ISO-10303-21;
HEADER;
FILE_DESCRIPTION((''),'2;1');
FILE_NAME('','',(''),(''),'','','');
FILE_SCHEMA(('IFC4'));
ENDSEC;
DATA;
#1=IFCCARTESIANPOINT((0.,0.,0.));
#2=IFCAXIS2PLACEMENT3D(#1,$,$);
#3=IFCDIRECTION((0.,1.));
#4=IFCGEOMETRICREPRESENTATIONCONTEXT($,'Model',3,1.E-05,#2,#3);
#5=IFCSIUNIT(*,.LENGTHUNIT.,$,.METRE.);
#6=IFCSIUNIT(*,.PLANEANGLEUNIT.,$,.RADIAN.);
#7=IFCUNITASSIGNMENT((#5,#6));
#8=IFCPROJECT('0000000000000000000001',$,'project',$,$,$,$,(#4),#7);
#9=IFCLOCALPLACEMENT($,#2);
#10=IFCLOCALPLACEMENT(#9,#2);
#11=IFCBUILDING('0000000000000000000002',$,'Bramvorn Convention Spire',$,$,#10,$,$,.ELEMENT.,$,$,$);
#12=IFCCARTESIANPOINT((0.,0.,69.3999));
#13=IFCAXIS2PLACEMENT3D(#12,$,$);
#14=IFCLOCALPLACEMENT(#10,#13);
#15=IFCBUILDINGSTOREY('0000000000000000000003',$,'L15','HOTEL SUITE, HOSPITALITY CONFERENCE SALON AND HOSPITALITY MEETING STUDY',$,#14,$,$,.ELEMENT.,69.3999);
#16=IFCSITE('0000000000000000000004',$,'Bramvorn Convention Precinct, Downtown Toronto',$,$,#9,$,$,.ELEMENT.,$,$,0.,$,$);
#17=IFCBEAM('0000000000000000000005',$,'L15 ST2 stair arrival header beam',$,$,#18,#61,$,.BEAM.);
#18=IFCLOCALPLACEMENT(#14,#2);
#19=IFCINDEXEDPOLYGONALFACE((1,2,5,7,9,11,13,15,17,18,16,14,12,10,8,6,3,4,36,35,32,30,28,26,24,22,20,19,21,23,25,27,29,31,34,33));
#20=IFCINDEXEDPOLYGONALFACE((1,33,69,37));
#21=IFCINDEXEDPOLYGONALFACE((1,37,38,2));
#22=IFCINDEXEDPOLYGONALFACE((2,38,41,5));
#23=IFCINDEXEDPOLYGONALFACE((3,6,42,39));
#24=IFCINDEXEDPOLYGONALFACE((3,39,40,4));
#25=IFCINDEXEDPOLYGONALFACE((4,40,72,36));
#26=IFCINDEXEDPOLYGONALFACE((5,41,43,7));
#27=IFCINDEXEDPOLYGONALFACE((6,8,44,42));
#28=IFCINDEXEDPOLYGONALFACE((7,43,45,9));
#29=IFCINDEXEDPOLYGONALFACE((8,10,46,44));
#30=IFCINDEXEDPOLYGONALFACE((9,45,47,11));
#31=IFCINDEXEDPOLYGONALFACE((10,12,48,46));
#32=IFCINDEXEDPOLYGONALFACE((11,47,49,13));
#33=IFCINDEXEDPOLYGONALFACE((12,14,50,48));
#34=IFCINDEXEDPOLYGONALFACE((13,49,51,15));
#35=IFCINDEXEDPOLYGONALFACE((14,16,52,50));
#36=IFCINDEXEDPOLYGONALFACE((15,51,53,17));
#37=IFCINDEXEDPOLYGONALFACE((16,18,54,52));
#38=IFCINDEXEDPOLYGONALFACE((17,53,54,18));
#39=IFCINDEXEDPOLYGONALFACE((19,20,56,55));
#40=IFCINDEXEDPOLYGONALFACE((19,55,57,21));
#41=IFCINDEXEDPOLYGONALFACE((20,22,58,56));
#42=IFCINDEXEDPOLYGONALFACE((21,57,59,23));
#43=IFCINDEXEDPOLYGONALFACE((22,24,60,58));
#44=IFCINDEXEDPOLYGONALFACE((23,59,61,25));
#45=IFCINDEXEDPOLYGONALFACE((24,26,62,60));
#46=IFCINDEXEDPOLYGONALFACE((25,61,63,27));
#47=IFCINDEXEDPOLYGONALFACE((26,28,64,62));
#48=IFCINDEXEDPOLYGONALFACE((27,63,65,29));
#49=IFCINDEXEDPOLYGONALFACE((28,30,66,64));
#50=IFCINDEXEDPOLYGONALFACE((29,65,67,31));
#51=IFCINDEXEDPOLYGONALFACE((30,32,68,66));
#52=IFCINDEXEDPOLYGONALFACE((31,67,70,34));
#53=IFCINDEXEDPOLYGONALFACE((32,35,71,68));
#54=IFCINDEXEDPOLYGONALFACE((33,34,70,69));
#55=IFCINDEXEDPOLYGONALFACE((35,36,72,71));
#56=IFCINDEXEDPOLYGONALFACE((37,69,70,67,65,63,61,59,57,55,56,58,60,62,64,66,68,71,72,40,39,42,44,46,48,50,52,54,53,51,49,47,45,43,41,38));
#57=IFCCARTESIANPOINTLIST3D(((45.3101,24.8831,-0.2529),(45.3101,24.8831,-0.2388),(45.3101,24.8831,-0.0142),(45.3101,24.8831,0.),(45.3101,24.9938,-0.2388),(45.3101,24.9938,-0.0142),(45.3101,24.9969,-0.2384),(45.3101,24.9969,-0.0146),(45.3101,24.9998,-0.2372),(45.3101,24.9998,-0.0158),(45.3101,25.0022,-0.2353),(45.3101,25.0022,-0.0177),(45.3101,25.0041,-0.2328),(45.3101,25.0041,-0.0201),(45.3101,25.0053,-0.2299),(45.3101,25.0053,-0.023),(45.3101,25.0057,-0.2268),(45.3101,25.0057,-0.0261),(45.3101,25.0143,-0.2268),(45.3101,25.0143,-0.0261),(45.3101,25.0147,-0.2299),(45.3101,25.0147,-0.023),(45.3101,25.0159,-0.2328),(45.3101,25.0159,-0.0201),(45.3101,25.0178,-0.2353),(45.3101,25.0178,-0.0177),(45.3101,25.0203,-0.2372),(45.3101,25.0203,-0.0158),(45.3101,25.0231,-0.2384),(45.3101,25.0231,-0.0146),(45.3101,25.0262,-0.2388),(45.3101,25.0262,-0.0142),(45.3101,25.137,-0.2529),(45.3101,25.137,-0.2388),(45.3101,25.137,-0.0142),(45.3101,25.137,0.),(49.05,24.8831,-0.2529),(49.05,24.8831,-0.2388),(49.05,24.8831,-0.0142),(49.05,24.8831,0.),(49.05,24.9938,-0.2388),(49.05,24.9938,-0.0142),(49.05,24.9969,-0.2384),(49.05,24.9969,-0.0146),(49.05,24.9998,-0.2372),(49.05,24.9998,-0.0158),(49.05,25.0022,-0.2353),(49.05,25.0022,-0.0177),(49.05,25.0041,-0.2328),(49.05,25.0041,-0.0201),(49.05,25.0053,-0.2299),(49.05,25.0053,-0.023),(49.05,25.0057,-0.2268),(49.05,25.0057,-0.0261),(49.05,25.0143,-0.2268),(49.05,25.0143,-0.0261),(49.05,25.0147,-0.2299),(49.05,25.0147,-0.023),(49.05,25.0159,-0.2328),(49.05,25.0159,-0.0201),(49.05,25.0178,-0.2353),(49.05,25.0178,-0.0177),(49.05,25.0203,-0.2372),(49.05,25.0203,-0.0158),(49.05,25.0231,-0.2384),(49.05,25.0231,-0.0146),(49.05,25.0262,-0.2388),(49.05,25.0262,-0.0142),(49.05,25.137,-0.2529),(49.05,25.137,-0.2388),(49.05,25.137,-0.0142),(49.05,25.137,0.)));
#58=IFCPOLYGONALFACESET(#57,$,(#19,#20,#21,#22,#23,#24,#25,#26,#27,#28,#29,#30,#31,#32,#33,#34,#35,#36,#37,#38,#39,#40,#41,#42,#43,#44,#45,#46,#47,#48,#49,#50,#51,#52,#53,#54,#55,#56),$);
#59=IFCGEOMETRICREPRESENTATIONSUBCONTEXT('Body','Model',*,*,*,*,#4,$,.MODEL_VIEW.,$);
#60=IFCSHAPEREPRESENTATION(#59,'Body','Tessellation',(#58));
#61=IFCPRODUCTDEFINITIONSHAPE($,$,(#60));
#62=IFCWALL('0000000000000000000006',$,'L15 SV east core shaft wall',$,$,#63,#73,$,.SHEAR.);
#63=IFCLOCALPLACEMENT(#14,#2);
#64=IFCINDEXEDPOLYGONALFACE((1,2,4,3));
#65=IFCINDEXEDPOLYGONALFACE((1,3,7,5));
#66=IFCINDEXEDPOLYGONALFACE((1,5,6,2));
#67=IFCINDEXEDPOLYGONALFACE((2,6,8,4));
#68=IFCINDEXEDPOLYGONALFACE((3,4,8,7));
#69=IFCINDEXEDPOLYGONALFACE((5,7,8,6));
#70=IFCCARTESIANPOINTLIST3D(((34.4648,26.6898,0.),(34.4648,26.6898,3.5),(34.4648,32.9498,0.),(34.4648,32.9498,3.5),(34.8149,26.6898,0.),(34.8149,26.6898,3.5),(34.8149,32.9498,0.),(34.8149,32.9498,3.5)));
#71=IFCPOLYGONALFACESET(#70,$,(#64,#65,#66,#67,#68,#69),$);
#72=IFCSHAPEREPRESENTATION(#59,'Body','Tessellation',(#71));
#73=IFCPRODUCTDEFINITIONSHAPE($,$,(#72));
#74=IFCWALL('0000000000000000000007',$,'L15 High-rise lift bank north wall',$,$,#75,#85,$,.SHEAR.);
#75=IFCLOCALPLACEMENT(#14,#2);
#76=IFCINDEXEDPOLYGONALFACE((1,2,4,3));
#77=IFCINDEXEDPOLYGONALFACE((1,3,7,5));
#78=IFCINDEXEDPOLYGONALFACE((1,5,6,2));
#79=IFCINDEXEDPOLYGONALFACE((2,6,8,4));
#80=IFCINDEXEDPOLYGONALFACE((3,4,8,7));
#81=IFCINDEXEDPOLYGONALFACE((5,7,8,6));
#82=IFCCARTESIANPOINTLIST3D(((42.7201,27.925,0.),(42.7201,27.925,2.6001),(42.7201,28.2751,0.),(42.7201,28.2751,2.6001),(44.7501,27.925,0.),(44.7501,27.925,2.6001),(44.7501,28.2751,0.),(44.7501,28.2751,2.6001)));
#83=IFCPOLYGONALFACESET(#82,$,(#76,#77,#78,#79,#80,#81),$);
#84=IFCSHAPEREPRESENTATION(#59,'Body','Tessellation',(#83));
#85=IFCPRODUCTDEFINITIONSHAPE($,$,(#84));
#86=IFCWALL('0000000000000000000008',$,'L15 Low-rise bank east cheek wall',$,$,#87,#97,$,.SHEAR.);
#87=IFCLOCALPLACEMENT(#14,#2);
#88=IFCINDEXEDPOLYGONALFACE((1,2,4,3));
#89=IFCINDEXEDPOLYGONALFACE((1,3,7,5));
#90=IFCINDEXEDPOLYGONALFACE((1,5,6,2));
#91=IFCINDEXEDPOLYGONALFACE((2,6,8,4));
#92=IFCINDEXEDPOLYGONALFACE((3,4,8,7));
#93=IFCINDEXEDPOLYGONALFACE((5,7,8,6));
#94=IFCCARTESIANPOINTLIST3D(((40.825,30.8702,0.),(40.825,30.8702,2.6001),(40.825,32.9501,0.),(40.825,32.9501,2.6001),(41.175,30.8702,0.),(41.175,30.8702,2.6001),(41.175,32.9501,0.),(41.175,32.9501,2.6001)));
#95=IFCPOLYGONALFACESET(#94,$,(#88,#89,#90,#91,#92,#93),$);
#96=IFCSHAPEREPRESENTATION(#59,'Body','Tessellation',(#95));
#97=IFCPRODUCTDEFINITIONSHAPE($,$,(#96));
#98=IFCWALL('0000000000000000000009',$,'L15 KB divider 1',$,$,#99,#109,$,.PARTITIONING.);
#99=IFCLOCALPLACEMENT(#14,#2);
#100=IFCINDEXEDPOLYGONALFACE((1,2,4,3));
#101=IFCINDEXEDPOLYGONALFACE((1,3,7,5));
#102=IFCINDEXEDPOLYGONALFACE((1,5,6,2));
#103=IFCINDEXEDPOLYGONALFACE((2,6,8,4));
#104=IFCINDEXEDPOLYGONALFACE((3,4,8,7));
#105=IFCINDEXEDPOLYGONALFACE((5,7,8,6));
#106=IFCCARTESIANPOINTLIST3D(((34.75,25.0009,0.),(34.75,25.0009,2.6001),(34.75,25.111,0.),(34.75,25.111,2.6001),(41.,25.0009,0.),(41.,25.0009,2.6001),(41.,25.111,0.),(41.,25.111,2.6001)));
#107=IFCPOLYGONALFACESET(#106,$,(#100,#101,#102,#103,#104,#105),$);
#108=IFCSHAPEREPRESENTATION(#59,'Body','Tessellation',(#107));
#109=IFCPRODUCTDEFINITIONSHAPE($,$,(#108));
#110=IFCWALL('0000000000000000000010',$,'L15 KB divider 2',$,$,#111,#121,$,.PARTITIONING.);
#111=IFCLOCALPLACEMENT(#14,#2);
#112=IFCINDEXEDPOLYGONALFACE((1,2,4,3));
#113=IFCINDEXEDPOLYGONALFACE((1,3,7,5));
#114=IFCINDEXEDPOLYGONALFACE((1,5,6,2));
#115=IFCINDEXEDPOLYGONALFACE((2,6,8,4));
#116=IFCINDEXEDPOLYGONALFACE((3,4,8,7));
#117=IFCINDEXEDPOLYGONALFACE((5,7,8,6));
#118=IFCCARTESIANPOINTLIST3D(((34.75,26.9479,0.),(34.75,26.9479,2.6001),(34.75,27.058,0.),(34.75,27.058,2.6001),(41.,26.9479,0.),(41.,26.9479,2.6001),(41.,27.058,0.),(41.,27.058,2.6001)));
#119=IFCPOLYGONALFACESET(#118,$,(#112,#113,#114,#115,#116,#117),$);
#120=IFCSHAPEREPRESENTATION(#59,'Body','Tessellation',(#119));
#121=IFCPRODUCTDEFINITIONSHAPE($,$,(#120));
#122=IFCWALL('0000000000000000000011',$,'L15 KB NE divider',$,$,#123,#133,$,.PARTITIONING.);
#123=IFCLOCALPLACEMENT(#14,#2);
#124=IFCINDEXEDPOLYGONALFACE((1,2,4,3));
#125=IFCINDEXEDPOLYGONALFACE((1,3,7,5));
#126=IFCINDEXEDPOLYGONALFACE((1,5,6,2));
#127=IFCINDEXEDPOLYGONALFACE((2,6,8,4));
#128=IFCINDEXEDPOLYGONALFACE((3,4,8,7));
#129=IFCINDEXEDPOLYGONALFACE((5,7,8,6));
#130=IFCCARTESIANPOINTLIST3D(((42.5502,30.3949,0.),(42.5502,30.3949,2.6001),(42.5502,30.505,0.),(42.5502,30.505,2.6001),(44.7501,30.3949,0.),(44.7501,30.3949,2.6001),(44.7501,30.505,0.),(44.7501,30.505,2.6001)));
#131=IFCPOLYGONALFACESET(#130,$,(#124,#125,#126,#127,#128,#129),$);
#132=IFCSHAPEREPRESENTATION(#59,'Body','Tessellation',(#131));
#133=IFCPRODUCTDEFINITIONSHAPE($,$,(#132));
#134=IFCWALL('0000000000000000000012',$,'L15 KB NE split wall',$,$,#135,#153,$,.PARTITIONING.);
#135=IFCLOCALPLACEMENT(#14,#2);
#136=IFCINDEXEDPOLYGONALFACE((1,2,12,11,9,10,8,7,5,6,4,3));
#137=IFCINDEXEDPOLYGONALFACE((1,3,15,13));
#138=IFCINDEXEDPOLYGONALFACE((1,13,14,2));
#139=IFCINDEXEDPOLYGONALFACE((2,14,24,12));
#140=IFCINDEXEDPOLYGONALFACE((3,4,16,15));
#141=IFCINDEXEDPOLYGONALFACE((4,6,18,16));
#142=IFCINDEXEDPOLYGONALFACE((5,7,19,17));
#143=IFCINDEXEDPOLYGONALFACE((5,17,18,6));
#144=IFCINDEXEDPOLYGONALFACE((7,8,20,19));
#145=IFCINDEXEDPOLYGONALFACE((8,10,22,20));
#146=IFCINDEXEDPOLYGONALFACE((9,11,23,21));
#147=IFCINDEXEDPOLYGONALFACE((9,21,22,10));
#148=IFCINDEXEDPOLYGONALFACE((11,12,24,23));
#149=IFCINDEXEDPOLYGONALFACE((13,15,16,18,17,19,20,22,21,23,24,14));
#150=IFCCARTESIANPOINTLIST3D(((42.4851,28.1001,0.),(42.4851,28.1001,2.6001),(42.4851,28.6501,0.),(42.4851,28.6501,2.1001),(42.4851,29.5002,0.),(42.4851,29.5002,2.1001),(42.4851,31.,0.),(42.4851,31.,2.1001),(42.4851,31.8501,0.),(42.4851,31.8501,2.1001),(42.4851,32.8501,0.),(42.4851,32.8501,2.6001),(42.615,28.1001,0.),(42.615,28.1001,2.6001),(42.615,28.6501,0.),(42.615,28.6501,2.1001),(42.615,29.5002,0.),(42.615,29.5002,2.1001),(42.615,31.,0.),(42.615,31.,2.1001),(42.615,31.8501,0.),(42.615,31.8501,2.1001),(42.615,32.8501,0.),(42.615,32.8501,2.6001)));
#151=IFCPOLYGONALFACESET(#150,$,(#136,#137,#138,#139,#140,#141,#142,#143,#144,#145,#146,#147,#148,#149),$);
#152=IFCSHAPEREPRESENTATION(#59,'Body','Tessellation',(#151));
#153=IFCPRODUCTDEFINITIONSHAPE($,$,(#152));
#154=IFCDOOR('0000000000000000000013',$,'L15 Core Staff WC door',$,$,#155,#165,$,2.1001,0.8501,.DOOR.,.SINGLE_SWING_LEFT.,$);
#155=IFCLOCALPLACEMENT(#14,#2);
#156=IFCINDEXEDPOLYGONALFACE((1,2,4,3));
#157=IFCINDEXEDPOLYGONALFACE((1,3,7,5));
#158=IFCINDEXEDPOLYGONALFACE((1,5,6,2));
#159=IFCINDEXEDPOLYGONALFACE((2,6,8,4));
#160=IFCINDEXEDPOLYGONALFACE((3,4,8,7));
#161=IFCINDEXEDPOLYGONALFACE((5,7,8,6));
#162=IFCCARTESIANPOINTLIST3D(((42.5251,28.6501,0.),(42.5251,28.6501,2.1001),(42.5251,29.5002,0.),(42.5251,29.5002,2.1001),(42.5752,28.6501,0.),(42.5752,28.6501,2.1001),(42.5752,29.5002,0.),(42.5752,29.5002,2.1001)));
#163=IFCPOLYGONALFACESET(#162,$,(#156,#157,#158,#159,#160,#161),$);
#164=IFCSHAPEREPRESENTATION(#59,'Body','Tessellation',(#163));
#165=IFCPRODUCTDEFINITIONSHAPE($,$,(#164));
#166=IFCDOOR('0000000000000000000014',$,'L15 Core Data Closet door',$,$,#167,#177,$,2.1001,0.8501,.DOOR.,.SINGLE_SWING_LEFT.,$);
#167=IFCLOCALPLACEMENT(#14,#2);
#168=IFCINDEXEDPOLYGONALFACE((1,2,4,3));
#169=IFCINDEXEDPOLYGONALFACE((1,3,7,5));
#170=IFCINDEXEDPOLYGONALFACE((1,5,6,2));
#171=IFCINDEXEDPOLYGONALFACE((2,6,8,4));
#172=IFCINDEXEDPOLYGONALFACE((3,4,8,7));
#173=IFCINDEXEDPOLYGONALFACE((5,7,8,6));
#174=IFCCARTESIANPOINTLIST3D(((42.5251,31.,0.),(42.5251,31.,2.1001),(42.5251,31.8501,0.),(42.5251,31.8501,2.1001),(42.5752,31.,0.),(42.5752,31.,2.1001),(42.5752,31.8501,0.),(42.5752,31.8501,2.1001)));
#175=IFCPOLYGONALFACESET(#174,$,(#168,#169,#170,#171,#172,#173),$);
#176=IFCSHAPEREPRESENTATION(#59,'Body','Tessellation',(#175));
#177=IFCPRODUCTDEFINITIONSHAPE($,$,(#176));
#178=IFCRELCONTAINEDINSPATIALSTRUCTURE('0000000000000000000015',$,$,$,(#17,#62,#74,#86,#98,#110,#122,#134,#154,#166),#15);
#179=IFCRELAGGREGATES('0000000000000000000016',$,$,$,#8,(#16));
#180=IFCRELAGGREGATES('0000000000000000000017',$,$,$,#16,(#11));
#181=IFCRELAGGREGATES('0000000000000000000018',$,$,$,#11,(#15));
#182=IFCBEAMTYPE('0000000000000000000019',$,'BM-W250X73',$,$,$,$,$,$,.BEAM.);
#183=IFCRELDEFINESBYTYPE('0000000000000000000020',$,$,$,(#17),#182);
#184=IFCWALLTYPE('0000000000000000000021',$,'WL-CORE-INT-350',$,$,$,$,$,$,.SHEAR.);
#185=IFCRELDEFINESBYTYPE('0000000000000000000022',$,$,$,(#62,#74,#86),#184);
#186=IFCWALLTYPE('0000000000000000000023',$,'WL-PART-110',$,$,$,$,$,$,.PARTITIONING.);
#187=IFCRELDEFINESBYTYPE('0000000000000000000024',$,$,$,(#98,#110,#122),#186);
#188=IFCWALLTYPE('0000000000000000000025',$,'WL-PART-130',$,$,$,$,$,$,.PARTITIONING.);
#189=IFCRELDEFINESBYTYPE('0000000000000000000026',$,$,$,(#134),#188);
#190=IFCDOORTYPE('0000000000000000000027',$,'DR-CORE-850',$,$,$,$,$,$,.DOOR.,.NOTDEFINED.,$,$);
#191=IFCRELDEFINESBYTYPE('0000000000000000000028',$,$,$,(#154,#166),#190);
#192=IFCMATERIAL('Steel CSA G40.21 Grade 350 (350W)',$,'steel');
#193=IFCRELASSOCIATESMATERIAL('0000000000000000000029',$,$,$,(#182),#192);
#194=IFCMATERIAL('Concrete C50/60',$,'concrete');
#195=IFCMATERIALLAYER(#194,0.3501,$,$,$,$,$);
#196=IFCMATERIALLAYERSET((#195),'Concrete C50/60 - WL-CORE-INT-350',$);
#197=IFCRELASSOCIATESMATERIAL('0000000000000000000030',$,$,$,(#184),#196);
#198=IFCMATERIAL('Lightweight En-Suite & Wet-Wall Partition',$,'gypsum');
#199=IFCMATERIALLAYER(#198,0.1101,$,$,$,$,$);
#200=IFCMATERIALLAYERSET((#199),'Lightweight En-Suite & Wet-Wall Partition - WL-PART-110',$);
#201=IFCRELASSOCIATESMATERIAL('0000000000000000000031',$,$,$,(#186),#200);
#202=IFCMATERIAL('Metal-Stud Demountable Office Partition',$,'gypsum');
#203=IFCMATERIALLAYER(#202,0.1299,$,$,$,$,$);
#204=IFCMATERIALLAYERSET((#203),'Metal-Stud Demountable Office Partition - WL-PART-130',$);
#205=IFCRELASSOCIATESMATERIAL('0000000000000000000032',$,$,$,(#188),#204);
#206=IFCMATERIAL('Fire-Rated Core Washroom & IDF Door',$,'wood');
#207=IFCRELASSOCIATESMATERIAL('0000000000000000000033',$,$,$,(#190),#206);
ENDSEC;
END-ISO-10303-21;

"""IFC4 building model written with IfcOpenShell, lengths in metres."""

from ifc_helpers import new_model, si_unit, direction, frame, frame_2d, origin, origin_2d, place, context, subcontext, project, spatial, rectangle, i_section, extrude, material, layer, layer_set, material_profile, profile_set, type_object, element, fill, save


model = new_model("IFC4")

# Units and contexts
model_context = context("Model", 3, precision=1e-05, world=origin(), true_north=direction((0.0, 1.0)))
body_context = subcontext(model_context, "Body", "Model", "MODEL_VIEW")
ifc_project = project(units=[si_unit("LENGTHUNIT", "METRE"), si_unit("PLANEANGLEUNIT", "RADIAN")], contexts=[model_context])

# Site, building, storey
site_placement = place(None, origin())
site = spatial("IfcSite", under=ifc_project, at=site_placement, Name="Bramvorn Convention Precinct, Downtown Toronto", CompositionType="ELEMENT", RefElevation=0.0)
building_placement = place(site_placement, origin())
building = spatial("IfcBuilding", under=site, at=building_placement, Name="Bramvorn Convention Spire", CompositionType="ELEMENT")
storey_placement = place(building_placement, frame((0.0, 0.0, 69.3999)))
storey = spatial("IfcBuildingStorey", under=building, at=storey_placement, Name="L15", Description="HOTEL SUITE, HOSPITALITY CONFERENCE SALON AND HOSPITALITY MEETING STUDY", CompositionType="ELEMENT", Elevation=69.3999)

# Beam
ifc_material_1 = material(Name="Steel CSA G40.21 Grade 350 (350W)", Category="steel")
ifc_material_profile = material_profile(ifc_material_1, i_section(OverallWidth=0.2539, OverallDepth=0.2529, WebThickness=0.0085, FlangeThickness=0.0142, FilletRadius=0.012, at=origin_2d()))
ifc_profile_set = profile_set([ifc_material_profile], Name="Steel CSA G40.21 Grade 350 (350W) - W250X73")
beam_type = type_object("IfcBeamType", Name="BM-W250X73", PredefinedType="BEAM", material=ifc_profile_set)
beam_placement = place(storey_placement, frame((45.3101, 25.01, -0.1265), z_axis=(1.0, 0.0, 0.0), x_axis=(0.0, 1.0, 0.0)))
element("IfcBeam", 1, at=beam_placement, inside=storey, type_object=beam_type, Name="L15 ST2 stair arrival header beam", PredefinedType="BEAM", context=body_context, shape_type="SweptSolid", body=[
    extrude(i_section(OverallWidth=0.2539, OverallDepth=0.2529, WebThickness=0.0085, FlangeThickness=0.0142, FilletRadius=0.012, at=origin_2d()), origin(), (0.0, 0.0, 1.0), 3.74),
])

# Walls
ifc_material_2 = material(Name="Concrete C50/60", Category="concrete")
ifc_layer_1 = layer(ifc_material_2, 0.3501)
ifc_layer_set_1 = layer_set([ifc_layer_1], Name="Concrete C50/60 - WL-CORE-INT-350")
wall_type_1 = type_object("IfcWallType", Name="WL-CORE-INT-350", PredefinedType="SHEAR", material=ifc_layer_set_1)
wall_1_placement = place(storey_placement, frame((34.6399, 26.6899, 0.0), z_axis=(0.0, 0.0, 1.0), x_axis=(0.0, 1.0, 0.0)))
element("IfcWall", 2, at=wall_1_placement, inside=storey, type_object=wall_type_1, Name="L15 SV east core shaft wall", PredefinedType="SHEAR", context=body_context, shape_type="SweptSolid", body=[
    extrude(rectangle(XDim=6.26, YDim=0.3501, at=frame_2d((3.1299, 0.0))), origin(), (0.0, 0.0, 1.0), 3.5),
])
wall_2_placement = place(storey_placement, frame((42.72, 28.1001, 0.0), z_axis=(0.0, 0.0, 1.0), x_axis=(1.0, 0.0, 0.0)))
element("IfcWall", 3, at=wall_2_placement, inside=storey, type_object=wall_type_1, Name="L15 High-rise lift bank north wall", PredefinedType="SHEAR", context=body_context, shape_type="SweptSolid", body=[
    extrude(rectangle(XDim=2.03, YDim=0.3501, at=frame_2d((1.0151, 0.0))), origin(), (0.0, 0.0, 1.0), 2.6001),
])

# Walls
wall_3_placement = place(storey_placement, frame((41.0, 30.8701, 0.0), z_axis=(0.0, 0.0, 1.0), x_axis=(0.0, 1.0, 0.0)))
element("IfcWall", 4, at=wall_3_placement, inside=storey, type_object=wall_type_1, Name="L15 Low-rise bank east cheek wall", PredefinedType="SHEAR", context=body_context, shape_type="SweptSolid", body=[
    extrude(rectangle(XDim=2.0798, YDim=0.3501, at=frame_2d((1.04, 0.0))), origin(), (0.0, 0.0, 1.0), 2.6001),
])
ifc_material_3 = material(Name="Lightweight En-Suite & Wet-Wall Partition", Category="gypsum")
ifc_layer_2 = layer(ifc_material_3, 0.1101)
ifc_layer_set_2 = layer_set([ifc_layer_2], Name="Lightweight En-Suite & Wet-Wall Partition - WL-PART-110")
wall_type_2 = type_object("IfcWallType", Name="WL-PART-110", PredefinedType="PARTITIONING", material=ifc_layer_set_2)
for number, where, z_axis, x_axis, name in (
    (5, (34.75, 25.0559, 0.0), (0.0, 0.0, 1.0), (1.0, 0.0, 0.0), "L15 KB divider 1"),
    (6, (34.75, 27.0029, 0.0), (0.0, 0.0, 1.0), (1.0, 0.0, 0.0), "L15 KB divider 2"),
):
    element("IfcWall", number, at=place(storey_placement, frame(where, z_axis=z_axis, x_axis=x_axis)), inside=storey, type_object=wall_type_2, Name=name, PredefinedType="PARTITIONING", context=body_context, shape_type="SweptSolid", body=[
        extrude(rectangle(XDim=6.25, YDim=0.1101, at=frame_2d((3.125, 0.0))), origin(), (0.0, 0.0, 1.0), 2.6001),
    ])
wall_4_placement = place(storey_placement, frame((42.55, 30.45, 0.0), z_axis=(0.0, 0.0, 1.0), x_axis=(1.0, 0.0, 0.0)))
element("IfcWall", 7, at=wall_4_placement, inside=storey, type_object=wall_type_2, Name="L15 KB NE divider", PredefinedType="PARTITIONING", context=body_context, shape_type="SweptSolid", body=[
    extrude(rectangle(XDim=2.2, YDim=0.1101, at=frame_2d((1.1001, 0.0))), origin(), (0.0, 0.0, 1.0), 2.6001),
])

# Wall, openings, doors
ifc_material_4 = material(Name="Metal-Stud Demountable Office Partition", Category="gypsum")
ifc_layer_3 = layer(ifc_material_4, 0.1299)
ifc_layer_set_3 = layer_set([ifc_layer_3], Name="Metal-Stud Demountable Office Partition - WL-PART-130")
wall_type_3 = type_object("IfcWallType", Name="WL-PART-130", PredefinedType="PARTITIONING", material=ifc_layer_set_3)
wall_5_placement = place(storey_placement, frame((42.55, 28.1001, 0.0), z_axis=(0.0, 0.0, 1.0), x_axis=(0.0, 1.0, 0.0)))
wall_5 = element("IfcWall", 8, at=wall_5_placement, inside=storey, type_object=wall_type_3, Name="L15 KB NE split wall", PredefinedType="PARTITIONING", context=body_context, shape_type="SweptSolid", body=[
    extrude(rectangle(XDim=4.75, YDim=0.1299, at=frame_2d((2.375, 0.0))), origin(), (0.0, 0.0, 1.0), 2.6001),
])
opening_1_placement = place(wall_5_placement, frame((0.55, 0.0, 0.0)))
opening_1 = element("IfcOpeningElement", 9, at=opening_1_placement, cuts=wall_5, PredefinedType="OPENING", context=body_context, shape_type="SweptSolid", body=[
    extrude(rectangle(XDim=0.8501, YDim=2.1001, at=frame_2d((0.425, 1.05))), frame((0.0, 0.075, 0.0), z_axis=(0.0, -1.0, 0.0), x_axis=(1.0, 0.0, 0.0)), (0.0, 0.0, 1.0), 0.1499),
])
opening_2_placement = place(wall_5_placement, frame((2.8999, 0.0, 0.0)))
opening_2 = element("IfcOpeningElement", 10, at=opening_2_placement, cuts=wall_5, PredefinedType="OPENING", context=body_context, shape_type="SweptSolid", body=[
    extrude(rectangle(XDim=0.8501, YDim=2.1001, at=frame_2d((0.425, 1.05))), frame((0.0, 0.075, 0.0), z_axis=(0.0, -1.0, 0.0), x_axis=(1.0, 0.0, 0.0)), (0.0, 0.0, 1.0), 0.1499),
])
ifc_material_5 = material(Name="Fire-Rated Core Washroom & IDF Door", Category="wood")
door_type_1 = type_object("IfcDoorType", Name="DR-CORE-850", OperationType="NOTDEFINED", PredefinedType="DOOR", material=ifc_material_5)
door_1_placement = place(opening_1_placement, origin())
door_1 = element("IfcDoor", 11, at=door_1_placement, inside=storey, type_object=door_type_1, Name="L15 Core Staff WC door", OperationType="SINGLE_SWING_LEFT", OverallHeight=2.1001, OverallWidth=0.8501, PredefinedType="DOOR", context=body_context, shape_type="SweptSolid", body=[
    extrude(rectangle(XDim=0.8501, YDim=2.1001, at=frame_2d((0.425, 1.05))), frame((0.0, 0.0249, 0.0), z_axis=(0.0, -1.0, 0.0), x_axis=(1.0, 0.0, 0.0)), (0.0, 0.0, 1.0), 0.05),
])
fill(opening_1, door_1)
door_2_placement = place(opening_2_placement, origin())
door_2 = element("IfcDoor", 12, at=door_2_placement, inside=storey, type_object=door_type_1, Name="L15 Core Data Closet door", OperationType="SINGLE_SWING_LEFT", OverallHeight=2.1001, OverallWidth=0.8501, PredefinedType="DOOR", context=body_context, shape_type="SweptSolid", body=[
    extrude(rectangle(XDim=0.8501, YDim=2.1001, at=frame_2d((0.425, 1.05))), frame((0.0, 0.0249, 0.0), z_axis=(0.0, -1.0, 0.0), x_axis=(1.0, 0.0, 0.0)), (0.0, 0.0, 1.0), 0.05),
])
fill(opening_2, door_2)

save(model, "model.ifc")
